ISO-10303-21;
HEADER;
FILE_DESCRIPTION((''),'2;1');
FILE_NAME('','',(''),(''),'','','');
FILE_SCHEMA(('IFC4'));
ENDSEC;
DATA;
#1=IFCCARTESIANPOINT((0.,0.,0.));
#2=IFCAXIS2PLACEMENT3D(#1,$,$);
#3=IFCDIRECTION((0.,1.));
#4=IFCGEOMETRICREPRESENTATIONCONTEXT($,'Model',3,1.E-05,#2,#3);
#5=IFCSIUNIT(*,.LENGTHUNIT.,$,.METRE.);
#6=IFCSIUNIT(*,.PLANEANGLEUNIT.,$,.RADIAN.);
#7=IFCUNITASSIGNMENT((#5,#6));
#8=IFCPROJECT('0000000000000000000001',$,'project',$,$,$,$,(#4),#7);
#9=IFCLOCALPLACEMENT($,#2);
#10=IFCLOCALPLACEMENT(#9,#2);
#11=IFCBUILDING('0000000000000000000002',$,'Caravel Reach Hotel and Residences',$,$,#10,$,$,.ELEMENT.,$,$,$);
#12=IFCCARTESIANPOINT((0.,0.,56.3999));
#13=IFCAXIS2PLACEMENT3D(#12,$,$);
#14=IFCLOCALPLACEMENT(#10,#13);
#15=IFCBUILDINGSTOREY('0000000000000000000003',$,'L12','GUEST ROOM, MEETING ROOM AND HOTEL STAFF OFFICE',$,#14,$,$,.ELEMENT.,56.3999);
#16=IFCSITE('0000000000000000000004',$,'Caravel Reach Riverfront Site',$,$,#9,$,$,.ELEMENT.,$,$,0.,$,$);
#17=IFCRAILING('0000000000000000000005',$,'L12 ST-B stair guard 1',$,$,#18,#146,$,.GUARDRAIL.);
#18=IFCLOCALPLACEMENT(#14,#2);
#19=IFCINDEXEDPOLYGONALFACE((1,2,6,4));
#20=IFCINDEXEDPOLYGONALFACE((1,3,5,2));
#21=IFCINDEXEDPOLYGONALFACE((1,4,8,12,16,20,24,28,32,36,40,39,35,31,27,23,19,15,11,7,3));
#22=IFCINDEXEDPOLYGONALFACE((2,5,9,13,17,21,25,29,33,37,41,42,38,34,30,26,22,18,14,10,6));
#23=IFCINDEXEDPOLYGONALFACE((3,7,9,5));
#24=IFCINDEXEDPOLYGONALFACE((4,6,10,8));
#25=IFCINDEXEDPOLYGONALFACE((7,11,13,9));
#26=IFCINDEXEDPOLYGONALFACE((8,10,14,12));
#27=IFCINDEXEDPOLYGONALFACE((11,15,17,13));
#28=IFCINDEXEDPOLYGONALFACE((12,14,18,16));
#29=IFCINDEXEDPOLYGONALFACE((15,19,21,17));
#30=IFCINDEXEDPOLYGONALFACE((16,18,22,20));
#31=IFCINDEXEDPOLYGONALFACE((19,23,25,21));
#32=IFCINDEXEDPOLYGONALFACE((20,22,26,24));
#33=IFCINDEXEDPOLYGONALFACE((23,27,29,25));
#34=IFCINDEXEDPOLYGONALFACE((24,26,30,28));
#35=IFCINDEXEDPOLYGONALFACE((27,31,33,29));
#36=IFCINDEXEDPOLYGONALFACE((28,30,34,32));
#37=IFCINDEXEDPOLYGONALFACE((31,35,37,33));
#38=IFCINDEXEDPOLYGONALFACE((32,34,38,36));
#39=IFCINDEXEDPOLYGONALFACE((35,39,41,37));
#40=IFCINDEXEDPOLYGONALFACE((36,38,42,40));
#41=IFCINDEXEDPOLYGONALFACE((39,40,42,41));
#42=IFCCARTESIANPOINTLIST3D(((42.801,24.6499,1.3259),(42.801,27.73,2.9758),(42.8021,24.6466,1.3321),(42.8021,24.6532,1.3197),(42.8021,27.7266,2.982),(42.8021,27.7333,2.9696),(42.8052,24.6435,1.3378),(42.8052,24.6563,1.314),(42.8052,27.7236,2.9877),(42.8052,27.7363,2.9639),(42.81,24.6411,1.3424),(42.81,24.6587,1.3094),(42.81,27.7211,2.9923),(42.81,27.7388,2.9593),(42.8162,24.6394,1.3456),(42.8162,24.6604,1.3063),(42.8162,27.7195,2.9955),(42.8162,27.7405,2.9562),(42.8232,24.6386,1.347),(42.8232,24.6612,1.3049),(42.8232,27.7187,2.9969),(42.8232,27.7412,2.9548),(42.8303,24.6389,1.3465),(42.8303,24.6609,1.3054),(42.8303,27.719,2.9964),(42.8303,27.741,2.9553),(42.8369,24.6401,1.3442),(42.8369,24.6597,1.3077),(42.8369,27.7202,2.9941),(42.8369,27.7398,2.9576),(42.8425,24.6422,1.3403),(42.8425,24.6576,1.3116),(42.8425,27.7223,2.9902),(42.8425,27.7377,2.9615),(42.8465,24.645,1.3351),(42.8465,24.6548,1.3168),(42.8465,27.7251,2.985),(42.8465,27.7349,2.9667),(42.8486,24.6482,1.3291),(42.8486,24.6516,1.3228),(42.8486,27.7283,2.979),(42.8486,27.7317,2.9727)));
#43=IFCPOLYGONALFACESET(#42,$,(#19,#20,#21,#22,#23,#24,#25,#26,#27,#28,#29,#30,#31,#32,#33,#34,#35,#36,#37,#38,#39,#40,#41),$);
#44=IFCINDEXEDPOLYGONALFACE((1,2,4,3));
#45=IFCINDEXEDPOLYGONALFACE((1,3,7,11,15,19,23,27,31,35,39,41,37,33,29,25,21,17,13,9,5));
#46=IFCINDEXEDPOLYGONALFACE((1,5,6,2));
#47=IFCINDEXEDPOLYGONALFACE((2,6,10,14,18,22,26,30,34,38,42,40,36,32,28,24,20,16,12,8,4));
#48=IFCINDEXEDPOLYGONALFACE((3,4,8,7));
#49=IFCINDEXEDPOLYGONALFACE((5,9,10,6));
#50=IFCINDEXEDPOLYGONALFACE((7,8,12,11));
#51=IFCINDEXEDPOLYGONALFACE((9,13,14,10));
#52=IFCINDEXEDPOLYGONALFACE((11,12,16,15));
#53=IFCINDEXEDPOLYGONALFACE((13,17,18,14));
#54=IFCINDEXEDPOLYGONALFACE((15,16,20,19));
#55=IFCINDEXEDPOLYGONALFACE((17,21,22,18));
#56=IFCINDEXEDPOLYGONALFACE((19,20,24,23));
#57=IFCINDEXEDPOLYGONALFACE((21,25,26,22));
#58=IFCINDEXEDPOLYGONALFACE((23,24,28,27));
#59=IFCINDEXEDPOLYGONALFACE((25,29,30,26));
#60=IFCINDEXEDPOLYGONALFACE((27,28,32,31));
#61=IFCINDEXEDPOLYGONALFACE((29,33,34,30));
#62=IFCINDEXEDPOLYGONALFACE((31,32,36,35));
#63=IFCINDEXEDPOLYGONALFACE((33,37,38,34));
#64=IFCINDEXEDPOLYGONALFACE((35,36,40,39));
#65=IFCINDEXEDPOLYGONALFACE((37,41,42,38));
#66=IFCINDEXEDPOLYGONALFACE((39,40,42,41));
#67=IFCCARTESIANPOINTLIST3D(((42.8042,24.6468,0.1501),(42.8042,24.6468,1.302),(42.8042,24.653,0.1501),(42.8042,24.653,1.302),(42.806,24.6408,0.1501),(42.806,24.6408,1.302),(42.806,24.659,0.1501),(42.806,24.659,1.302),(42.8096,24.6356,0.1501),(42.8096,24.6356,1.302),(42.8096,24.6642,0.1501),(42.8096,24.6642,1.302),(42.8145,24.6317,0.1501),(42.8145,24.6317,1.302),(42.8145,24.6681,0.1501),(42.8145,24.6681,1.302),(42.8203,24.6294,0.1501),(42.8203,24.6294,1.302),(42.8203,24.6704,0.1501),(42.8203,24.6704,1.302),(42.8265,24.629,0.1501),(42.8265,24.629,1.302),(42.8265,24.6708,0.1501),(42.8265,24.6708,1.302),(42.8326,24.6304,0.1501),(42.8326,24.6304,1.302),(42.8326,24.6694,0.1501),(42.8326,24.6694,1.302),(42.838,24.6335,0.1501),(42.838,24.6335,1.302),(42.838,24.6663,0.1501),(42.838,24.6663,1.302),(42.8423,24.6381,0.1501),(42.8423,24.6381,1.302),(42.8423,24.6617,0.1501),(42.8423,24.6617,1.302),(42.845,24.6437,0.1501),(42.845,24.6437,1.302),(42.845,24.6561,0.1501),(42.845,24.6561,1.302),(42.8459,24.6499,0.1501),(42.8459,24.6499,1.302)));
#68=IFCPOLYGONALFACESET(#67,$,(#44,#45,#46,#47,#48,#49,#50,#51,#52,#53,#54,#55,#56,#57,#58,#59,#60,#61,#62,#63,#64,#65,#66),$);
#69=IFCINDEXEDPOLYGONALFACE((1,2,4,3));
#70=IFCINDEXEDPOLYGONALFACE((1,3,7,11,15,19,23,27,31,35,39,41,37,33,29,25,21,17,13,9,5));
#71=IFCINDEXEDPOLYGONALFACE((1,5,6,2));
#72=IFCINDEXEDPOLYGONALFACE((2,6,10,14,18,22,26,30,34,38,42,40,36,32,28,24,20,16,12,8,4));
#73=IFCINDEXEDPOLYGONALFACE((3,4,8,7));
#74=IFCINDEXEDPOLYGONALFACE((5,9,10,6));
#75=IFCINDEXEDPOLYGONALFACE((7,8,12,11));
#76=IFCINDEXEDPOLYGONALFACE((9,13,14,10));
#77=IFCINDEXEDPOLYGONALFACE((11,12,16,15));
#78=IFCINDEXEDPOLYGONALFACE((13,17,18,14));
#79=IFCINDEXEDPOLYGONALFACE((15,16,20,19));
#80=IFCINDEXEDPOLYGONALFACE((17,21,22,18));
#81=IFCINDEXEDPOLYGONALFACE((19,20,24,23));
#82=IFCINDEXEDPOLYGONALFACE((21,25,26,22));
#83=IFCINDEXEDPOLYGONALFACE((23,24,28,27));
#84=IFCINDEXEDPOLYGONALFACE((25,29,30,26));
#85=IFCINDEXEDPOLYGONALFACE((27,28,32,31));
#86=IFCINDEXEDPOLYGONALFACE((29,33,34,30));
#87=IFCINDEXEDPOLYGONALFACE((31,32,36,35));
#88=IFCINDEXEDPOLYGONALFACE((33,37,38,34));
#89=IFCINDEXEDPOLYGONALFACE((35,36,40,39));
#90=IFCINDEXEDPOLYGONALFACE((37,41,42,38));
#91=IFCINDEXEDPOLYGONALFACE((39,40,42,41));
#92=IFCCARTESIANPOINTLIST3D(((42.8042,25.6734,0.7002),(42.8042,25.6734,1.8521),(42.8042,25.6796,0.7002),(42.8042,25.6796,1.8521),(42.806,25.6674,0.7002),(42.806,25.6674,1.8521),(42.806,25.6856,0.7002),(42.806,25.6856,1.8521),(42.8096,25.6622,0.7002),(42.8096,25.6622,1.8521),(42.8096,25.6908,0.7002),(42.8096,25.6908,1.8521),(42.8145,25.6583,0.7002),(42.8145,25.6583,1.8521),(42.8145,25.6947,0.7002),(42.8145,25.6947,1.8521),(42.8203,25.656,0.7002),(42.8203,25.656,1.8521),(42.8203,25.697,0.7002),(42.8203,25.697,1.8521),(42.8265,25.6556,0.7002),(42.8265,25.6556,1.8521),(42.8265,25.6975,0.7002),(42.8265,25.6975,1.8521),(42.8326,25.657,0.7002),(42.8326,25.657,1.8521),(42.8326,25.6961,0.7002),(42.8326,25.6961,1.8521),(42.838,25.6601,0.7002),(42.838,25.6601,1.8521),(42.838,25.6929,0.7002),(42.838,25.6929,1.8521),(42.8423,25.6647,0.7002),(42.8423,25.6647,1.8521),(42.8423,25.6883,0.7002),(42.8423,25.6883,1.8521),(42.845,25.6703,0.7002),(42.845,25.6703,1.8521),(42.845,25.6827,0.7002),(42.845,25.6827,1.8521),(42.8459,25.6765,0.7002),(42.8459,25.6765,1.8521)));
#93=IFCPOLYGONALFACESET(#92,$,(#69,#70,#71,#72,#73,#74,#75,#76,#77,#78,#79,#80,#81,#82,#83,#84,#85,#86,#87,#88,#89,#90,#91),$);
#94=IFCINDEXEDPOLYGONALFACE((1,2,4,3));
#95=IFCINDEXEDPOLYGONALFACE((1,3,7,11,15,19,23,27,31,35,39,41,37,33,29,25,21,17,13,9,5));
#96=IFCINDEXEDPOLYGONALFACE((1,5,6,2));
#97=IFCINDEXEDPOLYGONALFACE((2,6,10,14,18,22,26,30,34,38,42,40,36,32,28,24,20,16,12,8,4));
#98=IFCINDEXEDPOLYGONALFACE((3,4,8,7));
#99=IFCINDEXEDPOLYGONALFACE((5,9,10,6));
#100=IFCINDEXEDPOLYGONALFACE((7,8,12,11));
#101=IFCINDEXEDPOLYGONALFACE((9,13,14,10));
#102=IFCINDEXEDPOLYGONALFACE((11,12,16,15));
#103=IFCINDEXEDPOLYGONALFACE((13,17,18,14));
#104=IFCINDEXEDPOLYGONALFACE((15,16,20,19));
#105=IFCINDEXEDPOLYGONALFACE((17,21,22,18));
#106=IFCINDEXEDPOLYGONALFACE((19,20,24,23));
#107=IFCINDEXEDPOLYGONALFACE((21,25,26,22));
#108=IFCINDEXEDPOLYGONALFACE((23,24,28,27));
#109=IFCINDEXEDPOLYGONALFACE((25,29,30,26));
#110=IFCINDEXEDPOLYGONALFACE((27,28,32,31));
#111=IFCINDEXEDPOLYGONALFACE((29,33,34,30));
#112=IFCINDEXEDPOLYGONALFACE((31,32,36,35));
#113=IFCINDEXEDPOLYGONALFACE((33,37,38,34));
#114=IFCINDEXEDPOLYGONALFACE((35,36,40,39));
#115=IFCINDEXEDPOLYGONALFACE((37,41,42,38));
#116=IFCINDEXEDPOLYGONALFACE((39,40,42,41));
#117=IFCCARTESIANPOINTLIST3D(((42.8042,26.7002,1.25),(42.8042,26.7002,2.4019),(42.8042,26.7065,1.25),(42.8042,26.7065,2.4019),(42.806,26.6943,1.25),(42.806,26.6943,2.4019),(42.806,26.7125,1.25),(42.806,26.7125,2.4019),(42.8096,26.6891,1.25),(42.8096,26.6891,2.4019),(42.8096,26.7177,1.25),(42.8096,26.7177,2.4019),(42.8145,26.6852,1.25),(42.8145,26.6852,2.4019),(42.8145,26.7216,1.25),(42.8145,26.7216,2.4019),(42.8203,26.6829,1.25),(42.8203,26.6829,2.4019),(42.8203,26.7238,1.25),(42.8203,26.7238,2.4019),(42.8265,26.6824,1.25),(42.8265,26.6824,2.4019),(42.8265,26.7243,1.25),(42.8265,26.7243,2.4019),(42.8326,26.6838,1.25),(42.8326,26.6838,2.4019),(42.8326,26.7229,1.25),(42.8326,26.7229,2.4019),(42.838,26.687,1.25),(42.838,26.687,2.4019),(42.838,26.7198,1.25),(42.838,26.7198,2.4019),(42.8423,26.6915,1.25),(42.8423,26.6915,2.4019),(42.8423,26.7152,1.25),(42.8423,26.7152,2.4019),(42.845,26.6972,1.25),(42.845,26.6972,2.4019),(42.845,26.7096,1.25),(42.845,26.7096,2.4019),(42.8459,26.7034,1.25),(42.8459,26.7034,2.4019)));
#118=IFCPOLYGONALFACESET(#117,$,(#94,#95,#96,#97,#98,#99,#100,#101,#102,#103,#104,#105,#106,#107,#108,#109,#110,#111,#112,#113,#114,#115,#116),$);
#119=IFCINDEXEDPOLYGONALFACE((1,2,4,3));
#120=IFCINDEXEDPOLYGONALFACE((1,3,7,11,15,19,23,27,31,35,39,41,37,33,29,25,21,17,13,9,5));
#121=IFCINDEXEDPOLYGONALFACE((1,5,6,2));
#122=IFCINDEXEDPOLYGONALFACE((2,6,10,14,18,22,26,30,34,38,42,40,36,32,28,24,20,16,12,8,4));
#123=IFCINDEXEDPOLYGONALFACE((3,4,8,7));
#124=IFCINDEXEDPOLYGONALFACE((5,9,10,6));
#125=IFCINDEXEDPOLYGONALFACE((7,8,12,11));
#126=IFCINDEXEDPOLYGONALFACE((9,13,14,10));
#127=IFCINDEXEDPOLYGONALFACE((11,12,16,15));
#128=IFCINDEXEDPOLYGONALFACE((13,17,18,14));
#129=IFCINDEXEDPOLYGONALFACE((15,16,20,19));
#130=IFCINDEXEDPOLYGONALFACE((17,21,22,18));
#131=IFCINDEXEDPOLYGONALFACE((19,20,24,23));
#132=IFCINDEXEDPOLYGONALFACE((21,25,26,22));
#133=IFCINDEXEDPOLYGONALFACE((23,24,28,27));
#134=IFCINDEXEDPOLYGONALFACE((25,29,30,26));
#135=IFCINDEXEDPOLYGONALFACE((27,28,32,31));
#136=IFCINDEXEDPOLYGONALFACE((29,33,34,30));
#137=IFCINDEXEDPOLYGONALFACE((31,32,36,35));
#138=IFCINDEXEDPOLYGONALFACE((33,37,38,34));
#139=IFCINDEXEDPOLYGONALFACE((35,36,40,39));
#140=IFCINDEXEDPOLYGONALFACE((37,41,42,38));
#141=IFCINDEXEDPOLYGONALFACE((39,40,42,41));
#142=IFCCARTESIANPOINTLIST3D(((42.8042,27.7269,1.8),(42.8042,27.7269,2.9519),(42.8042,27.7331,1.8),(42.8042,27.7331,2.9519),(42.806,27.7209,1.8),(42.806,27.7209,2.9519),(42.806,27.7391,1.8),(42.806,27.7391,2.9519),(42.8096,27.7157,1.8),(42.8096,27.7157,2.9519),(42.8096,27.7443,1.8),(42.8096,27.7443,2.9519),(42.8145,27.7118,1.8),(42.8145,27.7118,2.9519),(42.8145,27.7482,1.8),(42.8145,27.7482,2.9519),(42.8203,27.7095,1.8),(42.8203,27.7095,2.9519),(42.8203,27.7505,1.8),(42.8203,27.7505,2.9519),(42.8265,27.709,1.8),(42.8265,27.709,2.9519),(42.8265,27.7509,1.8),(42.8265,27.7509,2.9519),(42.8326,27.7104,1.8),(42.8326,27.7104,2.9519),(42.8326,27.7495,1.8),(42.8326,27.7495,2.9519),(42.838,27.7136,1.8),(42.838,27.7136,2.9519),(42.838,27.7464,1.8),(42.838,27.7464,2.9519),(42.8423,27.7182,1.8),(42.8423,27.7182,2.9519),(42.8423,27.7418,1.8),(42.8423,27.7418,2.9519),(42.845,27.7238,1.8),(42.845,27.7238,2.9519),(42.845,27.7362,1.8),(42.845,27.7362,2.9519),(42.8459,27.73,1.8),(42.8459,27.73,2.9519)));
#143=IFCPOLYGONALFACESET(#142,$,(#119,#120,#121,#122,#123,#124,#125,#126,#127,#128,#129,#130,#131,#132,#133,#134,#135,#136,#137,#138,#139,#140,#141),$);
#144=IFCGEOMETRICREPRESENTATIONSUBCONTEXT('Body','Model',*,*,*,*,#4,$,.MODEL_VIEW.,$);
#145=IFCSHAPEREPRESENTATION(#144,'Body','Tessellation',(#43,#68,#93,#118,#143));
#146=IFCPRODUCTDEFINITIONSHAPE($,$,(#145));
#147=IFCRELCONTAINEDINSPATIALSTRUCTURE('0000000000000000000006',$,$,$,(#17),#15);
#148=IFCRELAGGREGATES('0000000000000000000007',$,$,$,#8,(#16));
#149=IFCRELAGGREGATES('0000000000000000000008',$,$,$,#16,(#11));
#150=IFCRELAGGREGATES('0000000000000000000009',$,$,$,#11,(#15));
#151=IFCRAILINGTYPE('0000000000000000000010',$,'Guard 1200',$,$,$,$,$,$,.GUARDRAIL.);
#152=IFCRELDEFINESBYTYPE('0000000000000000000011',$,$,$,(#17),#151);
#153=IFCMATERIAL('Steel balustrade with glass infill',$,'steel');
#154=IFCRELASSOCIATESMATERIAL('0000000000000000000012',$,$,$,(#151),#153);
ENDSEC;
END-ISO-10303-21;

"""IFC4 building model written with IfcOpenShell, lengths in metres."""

from ifc_helpers import new_model, si_unit, direction, frame, origin, origin_2d, place, context, subcontext, project, spatial, circle, extrude, material, type_object, element, save


model = new_model("IFC4")

# Units and contexts
model_context = context("Model", 3, precision=1e-05, world=origin(), true_north=direction((0.0, 1.0)))
body_context = subcontext(model_context, "Body", "Model", "MODEL_VIEW")
ifc_project = project(units=[si_unit("LENGTHUNIT", "METRE"), si_unit("PLANEANGLEUNIT", "RADIAN")], contexts=[model_context])

# Site, building, storey
site_placement = place(None, origin())
site = spatial("IfcSite", under=ifc_project, at=site_placement, Name="Caravel Reach Riverfront Site", CompositionType="ELEMENT", RefElevation=0.0)
building_placement = place(site_placement, origin())
building = spatial("IfcBuilding", under=site, at=building_placement, Name="Caravel Reach Hotel and Residences", CompositionType="ELEMENT")
storey_placement = place(building_placement, frame((0.0, 0.0, 56.3999)))
storey = spatial("IfcBuildingStorey", under=building, at=storey_placement, Name="L12", Description="GUEST ROOM, MEETING ROOM AND HOTEL STAFF OFFICE", CompositionType="ELEMENT", Elevation=56.3999)

# Railing
ifc_material_1 = material(Name="Steel balustrade with glass infill", Category="steel")
railing_type_1 = type_object("IfcRailingType", Name="Guard 1200", PredefinedType="GUARDRAIL", material=ifc_material_1)
railing_1_placement = place(storey_placement, frame((42.825, 24.6499, 0.1501)))
element("IfcRailing", 1, at=railing_1_placement, inside=storey, type_object=railing_type_1, Name="L12 ST-B stair guard 1", PredefinedType="GUARDRAIL", context=body_context, shape_type="SweptSolid", body=[
    extrude(circle(Radius=0.0239, at=origin_2d()), frame((0.0, 0.0, 1.1758), z_axis=(0.0, 0.881497, 0.47219), x_axis=(-1.0, 0.0, 0.0)), (0.0, 0.0, 1.0), 3.4941),
    extrude(circle(Radius=0.021, at=origin_2d()), origin(), (0.0, 0.0, 1.0), 1.1519),
    extrude(circle(Radius=0.021, at=origin_2d()), frame((0.0, 1.0266, 0.55)), (0.0, 0.0, 1.0), 1.1519),
    extrude(circle(Radius=0.021, at=origin_2d()), frame((0.0, 2.0535, 1.0999)), (0.0, 0.0, 1.0), 1.1519),
    extrude(circle(Radius=0.021, at=origin_2d()), frame((0.0, 3.0801, 1.6499)), (0.0, 0.0, 1.0), 1.1519),
])

save(model, "model.ifc")
